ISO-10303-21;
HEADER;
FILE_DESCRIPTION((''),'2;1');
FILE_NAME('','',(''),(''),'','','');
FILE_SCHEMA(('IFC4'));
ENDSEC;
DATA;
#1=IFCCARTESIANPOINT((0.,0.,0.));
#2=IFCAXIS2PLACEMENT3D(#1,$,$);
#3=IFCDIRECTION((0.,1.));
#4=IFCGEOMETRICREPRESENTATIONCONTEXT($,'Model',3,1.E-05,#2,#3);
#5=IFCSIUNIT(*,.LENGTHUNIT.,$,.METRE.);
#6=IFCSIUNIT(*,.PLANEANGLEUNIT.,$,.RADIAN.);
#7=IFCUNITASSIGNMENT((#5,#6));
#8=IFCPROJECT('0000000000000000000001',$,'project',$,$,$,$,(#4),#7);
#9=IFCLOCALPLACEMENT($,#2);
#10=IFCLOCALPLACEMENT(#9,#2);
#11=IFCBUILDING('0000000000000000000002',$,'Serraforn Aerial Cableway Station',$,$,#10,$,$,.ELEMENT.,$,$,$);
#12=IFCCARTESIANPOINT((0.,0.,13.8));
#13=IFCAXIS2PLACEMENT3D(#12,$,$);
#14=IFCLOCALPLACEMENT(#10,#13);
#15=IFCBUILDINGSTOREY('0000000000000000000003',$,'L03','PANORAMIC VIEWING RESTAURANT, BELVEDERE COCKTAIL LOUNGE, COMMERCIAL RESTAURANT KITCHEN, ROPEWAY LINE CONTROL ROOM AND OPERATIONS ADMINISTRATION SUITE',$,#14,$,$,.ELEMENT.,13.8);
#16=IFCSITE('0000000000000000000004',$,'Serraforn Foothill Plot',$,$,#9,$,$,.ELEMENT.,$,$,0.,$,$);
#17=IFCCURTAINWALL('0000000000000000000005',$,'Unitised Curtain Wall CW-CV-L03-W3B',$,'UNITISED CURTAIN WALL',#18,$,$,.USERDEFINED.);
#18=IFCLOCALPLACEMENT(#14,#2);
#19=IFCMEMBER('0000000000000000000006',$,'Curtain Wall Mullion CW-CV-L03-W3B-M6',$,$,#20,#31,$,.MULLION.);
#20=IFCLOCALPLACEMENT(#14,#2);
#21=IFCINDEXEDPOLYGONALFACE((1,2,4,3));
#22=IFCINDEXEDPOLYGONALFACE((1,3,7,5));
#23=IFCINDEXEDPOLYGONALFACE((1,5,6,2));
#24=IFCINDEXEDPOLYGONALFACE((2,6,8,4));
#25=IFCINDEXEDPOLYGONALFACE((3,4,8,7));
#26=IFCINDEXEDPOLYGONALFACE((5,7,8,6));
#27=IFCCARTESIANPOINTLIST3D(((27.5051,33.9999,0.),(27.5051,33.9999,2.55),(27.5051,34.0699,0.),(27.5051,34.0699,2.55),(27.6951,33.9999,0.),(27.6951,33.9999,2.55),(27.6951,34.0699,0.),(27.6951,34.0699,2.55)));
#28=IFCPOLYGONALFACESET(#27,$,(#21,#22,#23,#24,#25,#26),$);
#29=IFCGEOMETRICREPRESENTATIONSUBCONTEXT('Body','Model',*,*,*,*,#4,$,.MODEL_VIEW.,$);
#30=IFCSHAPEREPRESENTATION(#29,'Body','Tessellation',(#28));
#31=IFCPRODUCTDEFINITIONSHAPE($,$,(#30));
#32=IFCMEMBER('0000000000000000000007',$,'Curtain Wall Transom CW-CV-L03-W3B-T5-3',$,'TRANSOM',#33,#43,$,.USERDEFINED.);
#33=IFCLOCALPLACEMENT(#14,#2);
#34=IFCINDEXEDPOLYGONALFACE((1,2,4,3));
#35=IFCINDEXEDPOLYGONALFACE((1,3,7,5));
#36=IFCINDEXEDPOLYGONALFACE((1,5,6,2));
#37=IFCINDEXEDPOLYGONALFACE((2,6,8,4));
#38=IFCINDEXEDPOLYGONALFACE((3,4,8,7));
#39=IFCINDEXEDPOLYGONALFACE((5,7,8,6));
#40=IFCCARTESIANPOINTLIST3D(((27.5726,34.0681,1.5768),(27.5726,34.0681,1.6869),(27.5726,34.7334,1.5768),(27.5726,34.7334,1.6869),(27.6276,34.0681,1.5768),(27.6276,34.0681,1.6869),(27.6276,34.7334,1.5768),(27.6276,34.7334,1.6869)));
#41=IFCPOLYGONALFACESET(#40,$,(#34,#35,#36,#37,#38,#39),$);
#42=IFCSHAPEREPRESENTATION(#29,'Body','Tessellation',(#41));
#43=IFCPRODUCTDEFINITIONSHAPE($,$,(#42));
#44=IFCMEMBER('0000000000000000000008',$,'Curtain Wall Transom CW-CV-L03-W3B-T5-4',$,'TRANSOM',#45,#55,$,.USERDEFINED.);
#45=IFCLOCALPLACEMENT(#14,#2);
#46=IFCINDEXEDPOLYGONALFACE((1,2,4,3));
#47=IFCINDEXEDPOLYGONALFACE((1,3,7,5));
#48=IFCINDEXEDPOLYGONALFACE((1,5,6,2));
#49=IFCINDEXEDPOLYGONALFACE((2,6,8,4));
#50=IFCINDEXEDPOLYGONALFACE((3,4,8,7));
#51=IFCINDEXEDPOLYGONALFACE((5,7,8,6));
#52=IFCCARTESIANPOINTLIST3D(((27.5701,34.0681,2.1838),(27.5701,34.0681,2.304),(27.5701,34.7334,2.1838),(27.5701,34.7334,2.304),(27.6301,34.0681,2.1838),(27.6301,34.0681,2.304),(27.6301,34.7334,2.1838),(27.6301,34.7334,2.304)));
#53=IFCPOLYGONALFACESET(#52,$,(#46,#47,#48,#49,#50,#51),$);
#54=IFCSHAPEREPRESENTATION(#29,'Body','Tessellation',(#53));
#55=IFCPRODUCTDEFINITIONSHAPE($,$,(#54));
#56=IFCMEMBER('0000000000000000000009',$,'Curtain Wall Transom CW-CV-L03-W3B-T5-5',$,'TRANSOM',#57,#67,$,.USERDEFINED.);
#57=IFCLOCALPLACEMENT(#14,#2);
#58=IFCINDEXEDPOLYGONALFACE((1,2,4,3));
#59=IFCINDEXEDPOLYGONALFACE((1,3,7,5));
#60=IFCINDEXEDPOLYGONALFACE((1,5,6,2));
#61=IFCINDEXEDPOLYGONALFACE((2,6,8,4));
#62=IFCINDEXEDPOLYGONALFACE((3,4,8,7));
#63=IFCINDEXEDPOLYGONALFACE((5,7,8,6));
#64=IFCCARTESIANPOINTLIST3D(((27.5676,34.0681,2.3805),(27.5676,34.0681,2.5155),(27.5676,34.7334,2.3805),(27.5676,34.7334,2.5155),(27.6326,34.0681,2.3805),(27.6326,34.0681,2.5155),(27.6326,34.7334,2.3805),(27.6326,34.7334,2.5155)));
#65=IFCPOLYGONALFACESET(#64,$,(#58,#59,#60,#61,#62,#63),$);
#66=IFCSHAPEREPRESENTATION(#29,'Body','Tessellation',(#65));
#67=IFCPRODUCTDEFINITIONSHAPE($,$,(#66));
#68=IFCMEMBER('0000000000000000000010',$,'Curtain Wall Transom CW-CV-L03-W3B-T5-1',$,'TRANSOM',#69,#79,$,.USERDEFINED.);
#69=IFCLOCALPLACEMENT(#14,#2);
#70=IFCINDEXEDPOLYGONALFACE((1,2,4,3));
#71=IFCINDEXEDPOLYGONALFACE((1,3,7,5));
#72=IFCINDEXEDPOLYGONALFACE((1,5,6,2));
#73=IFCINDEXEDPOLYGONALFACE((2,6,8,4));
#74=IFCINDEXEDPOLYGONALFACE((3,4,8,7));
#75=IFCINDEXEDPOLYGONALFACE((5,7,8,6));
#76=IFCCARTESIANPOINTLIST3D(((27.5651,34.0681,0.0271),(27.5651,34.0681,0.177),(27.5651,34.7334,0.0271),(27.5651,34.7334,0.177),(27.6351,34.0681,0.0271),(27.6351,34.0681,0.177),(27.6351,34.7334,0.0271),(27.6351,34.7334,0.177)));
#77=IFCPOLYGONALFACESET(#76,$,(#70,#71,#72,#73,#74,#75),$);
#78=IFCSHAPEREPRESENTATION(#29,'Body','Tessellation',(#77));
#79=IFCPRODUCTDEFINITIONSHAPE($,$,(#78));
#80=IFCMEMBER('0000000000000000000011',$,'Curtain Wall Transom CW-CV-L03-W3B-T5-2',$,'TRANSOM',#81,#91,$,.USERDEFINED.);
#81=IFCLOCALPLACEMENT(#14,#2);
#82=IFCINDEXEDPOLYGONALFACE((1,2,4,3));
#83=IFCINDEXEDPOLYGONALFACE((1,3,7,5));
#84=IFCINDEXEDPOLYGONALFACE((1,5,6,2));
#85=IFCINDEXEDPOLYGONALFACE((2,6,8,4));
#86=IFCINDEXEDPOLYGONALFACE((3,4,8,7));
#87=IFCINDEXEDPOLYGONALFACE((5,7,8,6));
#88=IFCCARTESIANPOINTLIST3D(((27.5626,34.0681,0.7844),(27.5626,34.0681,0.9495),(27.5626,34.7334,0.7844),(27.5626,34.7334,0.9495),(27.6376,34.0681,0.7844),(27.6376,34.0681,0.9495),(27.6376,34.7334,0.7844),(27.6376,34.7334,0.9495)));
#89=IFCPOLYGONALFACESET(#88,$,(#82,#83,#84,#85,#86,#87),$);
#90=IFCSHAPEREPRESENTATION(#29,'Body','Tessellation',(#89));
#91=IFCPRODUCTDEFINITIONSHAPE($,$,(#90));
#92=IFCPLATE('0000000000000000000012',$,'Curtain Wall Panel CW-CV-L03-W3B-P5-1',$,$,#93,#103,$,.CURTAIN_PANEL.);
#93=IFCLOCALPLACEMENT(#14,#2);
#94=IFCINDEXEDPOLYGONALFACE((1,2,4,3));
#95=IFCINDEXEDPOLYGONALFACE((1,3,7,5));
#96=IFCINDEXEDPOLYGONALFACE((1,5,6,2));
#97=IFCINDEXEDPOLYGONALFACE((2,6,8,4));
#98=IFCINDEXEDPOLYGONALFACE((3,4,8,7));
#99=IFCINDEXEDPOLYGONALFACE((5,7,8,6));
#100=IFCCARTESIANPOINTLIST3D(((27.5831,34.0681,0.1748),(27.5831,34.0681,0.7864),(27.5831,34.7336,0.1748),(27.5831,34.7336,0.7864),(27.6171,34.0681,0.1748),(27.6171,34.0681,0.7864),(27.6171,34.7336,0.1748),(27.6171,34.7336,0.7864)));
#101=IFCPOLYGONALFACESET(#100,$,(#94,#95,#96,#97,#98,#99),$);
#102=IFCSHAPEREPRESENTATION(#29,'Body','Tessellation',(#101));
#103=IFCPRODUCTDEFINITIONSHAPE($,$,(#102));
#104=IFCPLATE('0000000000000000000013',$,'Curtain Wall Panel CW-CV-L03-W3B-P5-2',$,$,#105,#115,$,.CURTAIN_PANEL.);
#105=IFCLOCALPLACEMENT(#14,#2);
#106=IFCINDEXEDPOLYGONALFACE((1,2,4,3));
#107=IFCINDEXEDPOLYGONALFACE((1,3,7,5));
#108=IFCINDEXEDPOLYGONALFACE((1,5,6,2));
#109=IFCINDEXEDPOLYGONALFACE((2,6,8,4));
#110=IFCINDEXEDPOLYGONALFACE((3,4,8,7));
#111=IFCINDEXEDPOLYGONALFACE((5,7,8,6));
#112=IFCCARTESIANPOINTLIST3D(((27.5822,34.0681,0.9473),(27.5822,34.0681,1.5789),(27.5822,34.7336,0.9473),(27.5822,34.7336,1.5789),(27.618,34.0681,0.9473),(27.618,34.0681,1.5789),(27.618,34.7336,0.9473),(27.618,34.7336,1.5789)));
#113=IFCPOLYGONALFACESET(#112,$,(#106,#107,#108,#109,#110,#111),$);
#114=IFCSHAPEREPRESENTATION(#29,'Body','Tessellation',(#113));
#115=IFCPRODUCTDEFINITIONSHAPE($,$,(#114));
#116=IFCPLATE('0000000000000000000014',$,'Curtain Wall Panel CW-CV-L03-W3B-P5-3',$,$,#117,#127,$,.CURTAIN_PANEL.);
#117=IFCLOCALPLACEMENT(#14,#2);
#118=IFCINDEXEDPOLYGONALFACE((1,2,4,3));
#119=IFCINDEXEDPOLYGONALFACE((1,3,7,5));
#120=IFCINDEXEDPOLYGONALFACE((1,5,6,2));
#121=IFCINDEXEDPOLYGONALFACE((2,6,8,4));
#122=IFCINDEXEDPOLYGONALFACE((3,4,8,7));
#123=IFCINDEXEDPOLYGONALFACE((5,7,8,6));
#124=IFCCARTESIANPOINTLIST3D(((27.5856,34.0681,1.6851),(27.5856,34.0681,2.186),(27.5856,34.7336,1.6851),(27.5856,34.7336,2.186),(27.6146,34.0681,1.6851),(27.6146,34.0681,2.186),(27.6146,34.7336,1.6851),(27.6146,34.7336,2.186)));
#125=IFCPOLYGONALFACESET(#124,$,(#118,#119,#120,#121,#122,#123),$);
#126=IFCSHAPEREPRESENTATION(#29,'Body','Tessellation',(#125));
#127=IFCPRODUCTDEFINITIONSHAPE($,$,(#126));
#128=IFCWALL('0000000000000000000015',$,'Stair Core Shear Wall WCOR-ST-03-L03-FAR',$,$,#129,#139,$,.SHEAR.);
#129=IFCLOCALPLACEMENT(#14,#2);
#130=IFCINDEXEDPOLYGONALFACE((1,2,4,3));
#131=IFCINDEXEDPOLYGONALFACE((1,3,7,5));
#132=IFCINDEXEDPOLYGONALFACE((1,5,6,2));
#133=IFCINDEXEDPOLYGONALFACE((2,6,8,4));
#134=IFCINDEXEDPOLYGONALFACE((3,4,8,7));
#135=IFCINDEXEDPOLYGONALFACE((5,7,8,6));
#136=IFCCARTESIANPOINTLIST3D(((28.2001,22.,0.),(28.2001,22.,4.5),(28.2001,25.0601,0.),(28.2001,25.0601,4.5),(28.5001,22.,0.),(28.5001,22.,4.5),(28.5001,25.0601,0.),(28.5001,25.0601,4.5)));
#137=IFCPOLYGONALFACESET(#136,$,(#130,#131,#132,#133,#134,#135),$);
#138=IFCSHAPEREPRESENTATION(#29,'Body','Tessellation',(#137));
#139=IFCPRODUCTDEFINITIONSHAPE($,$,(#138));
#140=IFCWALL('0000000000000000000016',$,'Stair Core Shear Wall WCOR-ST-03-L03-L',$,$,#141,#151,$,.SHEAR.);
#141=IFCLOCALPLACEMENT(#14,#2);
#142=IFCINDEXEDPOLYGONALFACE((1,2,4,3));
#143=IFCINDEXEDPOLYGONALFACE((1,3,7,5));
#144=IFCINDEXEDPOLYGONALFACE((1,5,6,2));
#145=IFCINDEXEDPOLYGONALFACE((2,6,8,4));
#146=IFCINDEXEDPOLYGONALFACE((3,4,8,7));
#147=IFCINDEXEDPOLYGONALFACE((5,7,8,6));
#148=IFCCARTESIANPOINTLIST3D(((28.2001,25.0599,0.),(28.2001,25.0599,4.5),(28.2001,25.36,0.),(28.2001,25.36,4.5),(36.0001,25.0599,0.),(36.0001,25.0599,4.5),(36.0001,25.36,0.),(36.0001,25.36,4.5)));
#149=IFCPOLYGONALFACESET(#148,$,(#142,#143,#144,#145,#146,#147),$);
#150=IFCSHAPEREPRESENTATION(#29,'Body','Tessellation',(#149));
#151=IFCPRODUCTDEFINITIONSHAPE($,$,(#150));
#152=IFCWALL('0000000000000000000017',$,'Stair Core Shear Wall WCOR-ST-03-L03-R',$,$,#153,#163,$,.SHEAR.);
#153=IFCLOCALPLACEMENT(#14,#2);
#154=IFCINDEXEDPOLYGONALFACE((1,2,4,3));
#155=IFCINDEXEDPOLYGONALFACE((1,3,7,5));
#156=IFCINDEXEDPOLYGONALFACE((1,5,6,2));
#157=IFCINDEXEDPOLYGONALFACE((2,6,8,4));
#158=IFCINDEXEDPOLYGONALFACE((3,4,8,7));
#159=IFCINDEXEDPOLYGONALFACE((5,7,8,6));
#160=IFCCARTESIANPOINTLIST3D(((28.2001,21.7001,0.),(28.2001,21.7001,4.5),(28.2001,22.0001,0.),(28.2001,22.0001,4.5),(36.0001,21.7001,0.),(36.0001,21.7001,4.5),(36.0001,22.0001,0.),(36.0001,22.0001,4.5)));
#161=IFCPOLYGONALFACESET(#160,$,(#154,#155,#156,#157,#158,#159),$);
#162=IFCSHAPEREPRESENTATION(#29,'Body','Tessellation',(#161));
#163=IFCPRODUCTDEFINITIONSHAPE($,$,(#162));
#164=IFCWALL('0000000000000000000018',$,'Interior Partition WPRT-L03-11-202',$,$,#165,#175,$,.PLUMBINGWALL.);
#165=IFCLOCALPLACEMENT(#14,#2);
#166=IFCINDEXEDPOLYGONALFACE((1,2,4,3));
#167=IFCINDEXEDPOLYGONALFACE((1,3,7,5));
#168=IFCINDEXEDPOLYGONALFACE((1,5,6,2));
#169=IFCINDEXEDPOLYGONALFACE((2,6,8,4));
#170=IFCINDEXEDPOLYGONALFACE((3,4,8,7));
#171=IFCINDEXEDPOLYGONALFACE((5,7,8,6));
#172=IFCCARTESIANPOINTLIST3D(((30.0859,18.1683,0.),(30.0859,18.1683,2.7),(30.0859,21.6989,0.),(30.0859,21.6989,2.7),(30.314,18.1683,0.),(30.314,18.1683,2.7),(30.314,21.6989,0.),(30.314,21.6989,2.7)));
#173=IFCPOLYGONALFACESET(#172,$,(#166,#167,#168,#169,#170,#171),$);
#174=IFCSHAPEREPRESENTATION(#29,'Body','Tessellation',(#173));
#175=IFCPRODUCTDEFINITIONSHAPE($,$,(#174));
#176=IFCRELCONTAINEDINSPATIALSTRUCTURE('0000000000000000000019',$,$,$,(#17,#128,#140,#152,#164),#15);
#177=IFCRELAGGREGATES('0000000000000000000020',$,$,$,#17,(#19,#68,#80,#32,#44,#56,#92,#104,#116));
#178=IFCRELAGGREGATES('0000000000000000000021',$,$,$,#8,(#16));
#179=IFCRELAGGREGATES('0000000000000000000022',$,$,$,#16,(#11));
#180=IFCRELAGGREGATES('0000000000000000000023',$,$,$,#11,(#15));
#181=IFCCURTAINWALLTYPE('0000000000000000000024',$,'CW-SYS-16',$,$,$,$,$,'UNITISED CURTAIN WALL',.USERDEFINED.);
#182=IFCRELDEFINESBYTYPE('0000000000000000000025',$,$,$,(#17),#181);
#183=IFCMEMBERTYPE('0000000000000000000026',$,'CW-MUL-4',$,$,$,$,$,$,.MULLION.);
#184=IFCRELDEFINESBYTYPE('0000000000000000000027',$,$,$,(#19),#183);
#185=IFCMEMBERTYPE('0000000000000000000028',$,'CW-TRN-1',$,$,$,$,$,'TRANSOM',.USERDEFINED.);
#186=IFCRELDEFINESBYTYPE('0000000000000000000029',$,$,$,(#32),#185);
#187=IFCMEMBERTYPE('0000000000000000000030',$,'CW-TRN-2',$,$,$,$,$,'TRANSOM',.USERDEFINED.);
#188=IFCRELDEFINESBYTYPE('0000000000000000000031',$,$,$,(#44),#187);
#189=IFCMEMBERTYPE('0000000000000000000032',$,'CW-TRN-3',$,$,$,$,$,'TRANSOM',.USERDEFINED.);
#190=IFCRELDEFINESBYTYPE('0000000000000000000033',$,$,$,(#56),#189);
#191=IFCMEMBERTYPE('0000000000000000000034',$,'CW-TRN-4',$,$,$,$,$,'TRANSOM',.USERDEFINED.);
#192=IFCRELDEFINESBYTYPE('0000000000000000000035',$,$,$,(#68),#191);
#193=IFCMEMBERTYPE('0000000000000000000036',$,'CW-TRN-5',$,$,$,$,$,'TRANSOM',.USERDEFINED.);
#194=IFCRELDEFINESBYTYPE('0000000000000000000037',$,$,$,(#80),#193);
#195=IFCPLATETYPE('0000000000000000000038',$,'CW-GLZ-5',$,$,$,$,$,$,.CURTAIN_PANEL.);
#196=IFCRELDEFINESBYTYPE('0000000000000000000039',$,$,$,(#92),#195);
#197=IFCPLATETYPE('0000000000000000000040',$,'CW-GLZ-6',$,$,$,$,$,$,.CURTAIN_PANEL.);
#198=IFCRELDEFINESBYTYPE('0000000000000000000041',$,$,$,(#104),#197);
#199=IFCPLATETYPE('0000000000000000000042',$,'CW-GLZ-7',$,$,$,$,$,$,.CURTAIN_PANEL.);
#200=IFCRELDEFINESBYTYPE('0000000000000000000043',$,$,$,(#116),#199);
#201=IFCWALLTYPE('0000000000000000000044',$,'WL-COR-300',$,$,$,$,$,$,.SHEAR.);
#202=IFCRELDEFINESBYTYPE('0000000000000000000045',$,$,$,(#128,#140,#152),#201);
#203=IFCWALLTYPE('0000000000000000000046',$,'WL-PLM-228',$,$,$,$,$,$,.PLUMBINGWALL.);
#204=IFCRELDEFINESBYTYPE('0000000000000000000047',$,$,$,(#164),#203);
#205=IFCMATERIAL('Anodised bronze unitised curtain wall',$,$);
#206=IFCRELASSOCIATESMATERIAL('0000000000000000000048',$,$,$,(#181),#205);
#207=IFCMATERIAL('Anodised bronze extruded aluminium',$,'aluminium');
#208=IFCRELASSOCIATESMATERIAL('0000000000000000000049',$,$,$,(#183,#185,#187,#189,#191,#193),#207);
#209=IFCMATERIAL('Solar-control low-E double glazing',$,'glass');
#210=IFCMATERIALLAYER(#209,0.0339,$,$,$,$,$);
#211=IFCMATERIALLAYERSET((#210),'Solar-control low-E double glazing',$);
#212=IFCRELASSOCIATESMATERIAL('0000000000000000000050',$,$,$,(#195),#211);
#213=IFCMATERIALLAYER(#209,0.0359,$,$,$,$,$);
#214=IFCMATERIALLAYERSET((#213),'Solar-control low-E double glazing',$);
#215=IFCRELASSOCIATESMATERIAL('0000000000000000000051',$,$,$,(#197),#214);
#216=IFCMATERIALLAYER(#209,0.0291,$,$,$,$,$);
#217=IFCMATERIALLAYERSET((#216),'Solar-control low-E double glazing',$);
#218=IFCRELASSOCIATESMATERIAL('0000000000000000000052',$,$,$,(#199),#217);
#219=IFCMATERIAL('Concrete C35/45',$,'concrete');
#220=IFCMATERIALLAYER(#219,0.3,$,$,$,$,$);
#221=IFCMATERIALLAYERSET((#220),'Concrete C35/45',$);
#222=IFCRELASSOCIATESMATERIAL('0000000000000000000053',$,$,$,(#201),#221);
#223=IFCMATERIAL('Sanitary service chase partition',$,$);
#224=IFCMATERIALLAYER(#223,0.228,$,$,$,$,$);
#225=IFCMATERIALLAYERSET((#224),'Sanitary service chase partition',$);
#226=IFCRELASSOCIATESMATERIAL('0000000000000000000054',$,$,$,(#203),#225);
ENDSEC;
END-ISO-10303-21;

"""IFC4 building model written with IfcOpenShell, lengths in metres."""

from ifc_helpers import new_model, si_unit, direction, frame, frame_2d, origin, origin_2d, place, context, subcontext, project, spatial, rectangle, extrude, material, layer, layer_set, material_profile, profile_set, type_object, element, aggregate, save


model = new_model("IFC4")

# Units and contexts
model_context = context("Model", 3, precision=1e-05, world=origin(), true_north=direction((0.0, 1.0)))
body_context = subcontext(model_context, "Body", "Model", "MODEL_VIEW")
ifc_project = project(units=[si_unit("LENGTHUNIT", "METRE"), si_unit("PLANEANGLEUNIT", "RADIAN")], contexts=[model_context])

# Site, building, storey
site_placement = place(None, origin())
site = spatial("IfcSite", under=ifc_project, at=site_placement, Name="Serraforn Foothill Plot", CompositionType="ELEMENT", RefElevation=0.0)
building_placement = place(site_placement, origin())
building = spatial("IfcBuilding", under=site, at=building_placement, Name="Serraforn Aerial Cableway Station", CompositionType="ELEMENT")
storey_placement = place(building_placement, frame((0.0, 0.0, 13.8)))
storey = spatial("IfcBuildingStorey", under=building, at=storey_placement, Name="L03", Description="PANORAMIC VIEWING RESTAURANT, BELVEDERE COCKTAIL LOUNGE, COMMERCIAL RESTAURANT KITCHEN, ROPEWAY LINE CONTROL ROOM AND OPERATIONS ADMINISTRATION SUITE", CompositionType="ELEMENT", Elevation=13.8)

# Curtain wall, members, plates
ifc_material_1 = material(Name="Anodised bronze unitised curtain wall")
curtain_wall_type = type_object("IfcCurtainWallType", Name="CW-SYS-16", ElementType="UNITISED CURTAIN WALL", PredefinedType="USERDEFINED", material=ifc_material_1)
curtain_wall_placement = place(storey_placement, origin())
curtain_wall = element("IfcCurtainWall", 1, at=curtain_wall_placement, inside=storey, type_object=curtain_wall_type, Name="Unitised Curtain Wall CW-CV-L03-W3B", ObjectType="UNITISED CURTAIN WALL", PredefinedType="USERDEFINED")
ifc_material_2 = material(Name="Anodised bronze extruded aluminium", Category="aluminium")
ifc_material_profile_1 = material_profile(ifc_material_2, rectangle(XDim=0.0701, YDim=0.1899, at=origin_2d()), Name="CW MULLION 70x190")
ifc_profile_set_1 = profile_set([ifc_material_profile_1], Name="Anodised bronze extruded aluminium")
member_type_1 = type_object("IfcMemberType", Name="CW-MUL-4", PredefinedType="MULLION", material=ifc_profile_set_1)
member_1_placement = place(storey_placement, frame((27.6001, 34.0349, 0.0), z_axis=(0.0, 0.0, 1.0), x_axis=(0.0, -1.0, 0.0)))
member_1 = element("IfcMember", 2, at=member_1_placement, type_object=member_type_1, Name="Curtain Wall Mullion CW-CV-L03-W3B-M6", PredefinedType="MULLION", context=body_context, shape_type="SweptSolid", body=[
    extrude(rectangle(XDim=0.0701, YDim=0.1899, at=origin_2d()), origin(), (0.0, 0.0, 1.0), 2.55),
])
ifc_material_profile_2 = material_profile(ifc_material_2, rectangle(XDim=0.0549, YDim=0.1101, at=origin_2d()), Name="CW TRANSOM 55x110")
ifc_profile_set_2 = profile_set([ifc_material_profile_2], Name="Anodised bronze extruded aluminium")
member_type_2 = type_object("IfcMemberType", Name="CW-TRN-1", ElementType="TRANSOM", PredefinedType="USERDEFINED", material=ifc_profile_set_2)
member_2_placement = place(storey_placement, frame((27.6001, 34.7334, 1.6318), z_axis=(0.0, -1.0, 0.0), x_axis=(1.0, 0.0, 0.0)))
member_2 = element("IfcMember", 3, at=member_2_placement, type_object=member_type_2, Name="Curtain Wall Transom CW-CV-L03-W3B-T5-3", ObjectType="TRANSOM", PredefinedType="USERDEFINED", context=body_context, shape_type="SweptSolid", body=[
    extrude(rectangle(XDim=0.0549, YDim=0.1101, at=origin_2d()), origin(), (0.0, 0.0, 1.0), 0.6653),
])
ifc_material_profile_3 = material_profile(ifc_material_2, rectangle(XDim=0.0601, YDim=0.1201, at=origin_2d()), Name="CW TRANSOM 60x120")
ifc_profile_set_3 = profile_set([ifc_material_profile_3], Name="Anodised bronze extruded aluminium")
member_type_3 = type_object("IfcMemberType", Name="CW-TRN-2", ElementType="TRANSOM", PredefinedType="USERDEFINED", material=ifc_profile_set_3)
member_3_placement = place(storey_placement, frame((27.6001, 34.7334, 2.2439), z_axis=(0.0, -1.0, 0.0), x_axis=(1.0, 0.0, 0.0)))
member_3 = element("IfcMember", 4, at=member_3_placement, type_object=member_type_3, Name="Curtain Wall Transom CW-CV-L03-W3B-T5-4", ObjectType="TRANSOM", PredefinedType="USERDEFINED", context=body_context, shape_type="SweptSolid", body=[
    extrude(rectangle(XDim=0.0601, YDim=0.1201, at=origin_2d()), origin(), (0.0, 0.0, 1.0), 0.6653),
])
ifc_material_profile_4 = material_profile(ifc_material_2, rectangle(XDim=0.0649, YDim=0.135, at=origin_2d()), Name="CW TRANSOM 65x135")
ifc_profile_set_4 = profile_set([ifc_material_profile_4], Name="Anodised bronze extruded aluminium")
member_type_4 = type_object("IfcMemberType", Name="CW-TRN-3", ElementType="TRANSOM", PredefinedType="USERDEFINED", material=ifc_profile_set_4)
member_4_placement = place(storey_placement, frame((27.6001, 34.7334, 2.448), z_axis=(0.0, -1.0, 0.0), x_axis=(1.0, 0.0, 0.0)))
member_4 = element("IfcMember", 5, at=member_4_placement, type_object=member_type_4, Name="Curtain Wall Transom CW-CV-L03-W3B-T5-5", ObjectType="TRANSOM", PredefinedType="USERDEFINED", context=body_context, shape_type="SweptSolid", body=[
    extrude(rectangle(XDim=0.0649, YDim=0.135, at=origin_2d()), origin(), (0.0, 0.0, 1.0), 0.6653),
])
ifc_material_profile_5 = material_profile(ifc_material_2, rectangle(XDim=0.0701, YDim=0.1499, at=origin_2d()), Name="CW TRANSOM 70x150")
ifc_profile_set_5 = profile_set([ifc_material_profile_5], Name="Anodised bronze extruded aluminium")
member_type_5 = type_object("IfcMemberType", Name="CW-TRN-4", ElementType="TRANSOM", PredefinedType="USERDEFINED", material=ifc_profile_set_5)
member_5_placement = place(storey_placement, frame((27.6001, 34.7334, 0.1021), z_axis=(0.0, -1.0, 0.0), x_axis=(1.0, 0.0, 0.0)))
member_5 = element("IfcMember", 6, at=member_5_placement, type_object=member_type_5, Name="Curtain Wall Transom CW-CV-L03-W3B-T5-1", ObjectType="TRANSOM", PredefinedType="USERDEFINED", context=body_context, shape_type="SweptSolid", body=[
    extrude(rectangle(XDim=0.0701, YDim=0.1499, at=origin_2d()), origin(), (0.0, 0.0, 1.0), 0.6653),
])
ifc_material_profile_6 = material_profile(ifc_material_2, rectangle(XDim=0.075, YDim=0.165, at=origin_2d()), Name="CW TRANSOM 75x165")
ifc_profile_set_6 = profile_set([ifc_material_profile_6], Name="Anodised bronze extruded aluminium")
member_type_6 = type_object("IfcMemberType", Name="CW-TRN-5", ElementType="TRANSOM", PredefinedType="USERDEFINED", material=ifc_profile_set_6)
member_6_placement = place(storey_placement, frame((27.6001, 34.7334, 0.8669), z_axis=(0.0, -1.0, 0.0), x_axis=(1.0, 0.0, 0.0)))
member_6 = element("IfcMember", 7, at=member_6_placement, type_object=member_type_6, Name="Curtain Wall Transom CW-CV-L03-W3B-T5-2", ObjectType="TRANSOM", PredefinedType="USERDEFINED", context=body_context, shape_type="SweptSolid", body=[
    extrude(rectangle(XDim=0.075, YDim=0.165, at=origin_2d()), origin(), (0.0, 0.0, 1.0), 0.6653),
])
ifc_material_3 = material(Name="Solar-control low-E double glazing", Category="glass")
ifc_layer_1 = layer(ifc_material_3, 0.0339)
ifc_layer_set_1 = layer_set([ifc_layer_1], Name="Solar-control low-E double glazing")
plate_type_1 = type_object("IfcPlateType", Name="CW-GLZ-5", PredefinedType="CURTAIN_PANEL", material=ifc_layer_set_1)
plate_1_placement = place(storey_placement, frame((27.6001, 34.4009, 0.1748), z_axis=(0.0, 0.0, 1.0), x_axis=(1.0, 0.0, 0.0)))
plate_1 = element("IfcPlate", 8, at=plate_1_placement, type_object=plate_type_1, Name="Curtain Wall Panel CW-CV-L03-W3B-P5-1", PredefinedType="CURTAIN_PANEL", context=body_context, shape_type="SweptSolid", body=[
    extrude(rectangle(XDim=0.0339, YDim=0.6655, at=origin_2d()), origin(), (0.0, 0.0, 1.0), 0.6116),
])
ifc_layer_2 = layer(ifc_material_3, 0.0359)
ifc_layer_set_2 = layer_set([ifc_layer_2], Name="Solar-control low-E double glazing")
plate_type_2 = type_object("IfcPlateType", Name="CW-GLZ-6", PredefinedType="CURTAIN_PANEL", material=ifc_layer_set_2)
plate_2_placement = place(storey_placement, frame((27.6001, 34.4009, 0.9473), z_axis=(0.0, 0.0, 1.0), x_axis=(1.0, 0.0, 0.0)))
plate_2 = element("IfcPlate", 9, at=plate_2_placement, type_object=plate_type_2, Name="Curtain Wall Panel CW-CV-L03-W3B-P5-2", PredefinedType="CURTAIN_PANEL", context=body_context, shape_type="SweptSolid", body=[
    extrude(rectangle(XDim=0.0359, YDim=0.6655, at=origin_2d()), origin(), (0.0, 0.0, 1.0), 0.6316),
])
ifc_layer_3 = layer(ifc_material_3, 0.0291)
ifc_layer_set_3 = layer_set([ifc_layer_3], Name="Solar-control low-E double glazing")
plate_type_3 = type_object("IfcPlateType", Name="CW-GLZ-7", PredefinedType="CURTAIN_PANEL", material=ifc_layer_set_3)
plate_3_placement = place(storey_placement, frame((27.6001, 34.4009, 1.6851), z_axis=(0.0, 0.0, 1.0), x_axis=(1.0, 0.0, 0.0)))
plate_3 = element("IfcPlate", 10, at=plate_3_placement, type_object=plate_type_3, Name="Curtain Wall Panel CW-CV-L03-W3B-P5-3", PredefinedType="CURTAIN_PANEL", context=body_context, shape_type="SweptSolid", body=[
    extrude(rectangle(XDim=0.0291, YDim=0.6655, at=origin_2d()), origin(), (0.0, 0.0, 1.0), 0.501),
])
aggregate(curtain_wall, [member_1, member_5, member_6, member_2, member_3, member_4, plate_1, plate_2, plate_3])

# Shared definitions
ifc_material_4 = material(Name="Concrete C35/45", Category="concrete")
ifc_layer_4 = layer(ifc_material_4, 0.3)
ifc_layer_set_4 = layer_set([ifc_layer_4], Name="Concrete C35/45")
wall_type_1 = type_object("IfcWallType", Name="WL-COR-300", PredefinedType="SHEAR", material=ifc_layer_set_4)

# Walls
wall_1_placement = place(storey_placement, frame((28.3501, 25.0601, 0.0), z_axis=(0.0, 0.0, 1.0), x_axis=(0.0, -1.0, 0.0)))
element("IfcWall", 11, at=wall_1_placement, inside=storey, type_object=wall_type_1, Name="Stair Core Shear Wall WCOR-ST-03-L03-FAR", PredefinedType="SHEAR", context=body_context, shape_type="SweptSolid", body=[
    extrude(rectangle(XDim=3.0601, YDim=0.3, at=frame_2d((1.53, 0.0))), origin(), (0.0, 0.0, 1.0), 4.5),
])
for number, where, z_axis, x_axis, name in (
    (12, (36.0, 25.21, 0.0), (0.0, 0.0, 1.0), (-1.0, 0.0, 0.0), "Stair Core Shear Wall WCOR-ST-03-L03-L"),
    (13, (36.0, 21.8501, 0.0), (0.0, 0.0, 1.0), (-1.0, 0.0, 0.0), "Stair Core Shear Wall WCOR-ST-03-L03-R"),
):
    element("IfcWall", number, at=place(storey_placement, frame(where, z_axis=z_axis, x_axis=x_axis)), inside=storey, type_object=wall_type_1, Name=name, PredefinedType="SHEAR", context=body_context, shape_type="SweptSolid", body=[
        extrude(rectangle(XDim=7.8, YDim=0.3, at=frame_2d((3.8999, 0.0))), origin(), (0.0, 0.0, 1.0), 4.5),
    ])
ifc_material_5 = material(Name="Sanitary service chase partition")
ifc_layer_5 = layer(ifc_material_5, 0.228)
ifc_layer_set_5 = layer_set([ifc_layer_5], Name="Sanitary service chase partition")
wall_type_2 = type_object("IfcWallType", Name="WL-PLM-228", PredefinedType="PLUMBINGWALL", material=ifc_layer_set_5)
wall_2_placement = place(storey_placement, frame((30.2, 18.1685, 0.0), z_axis=(0.0, 0.0, 1.0), x_axis=(0.0, 1.0, 0.0)))
element("IfcWall", 14, at=wall_2_placement, inside=storey, type_object=wall_type_2, Name="Interior Partition WPRT-L03-11-202", PredefinedType="PLUMBINGWALL", context=body_context, shape_type="SweptSolid", body=[
    extrude(rectangle(XDim=3.5305, YDim=0.228, at=frame_2d((1.7651, 0.0))), origin(), (0.0, 0.0, 1.0), 2.7),
])

save(model, "model.ifc")
